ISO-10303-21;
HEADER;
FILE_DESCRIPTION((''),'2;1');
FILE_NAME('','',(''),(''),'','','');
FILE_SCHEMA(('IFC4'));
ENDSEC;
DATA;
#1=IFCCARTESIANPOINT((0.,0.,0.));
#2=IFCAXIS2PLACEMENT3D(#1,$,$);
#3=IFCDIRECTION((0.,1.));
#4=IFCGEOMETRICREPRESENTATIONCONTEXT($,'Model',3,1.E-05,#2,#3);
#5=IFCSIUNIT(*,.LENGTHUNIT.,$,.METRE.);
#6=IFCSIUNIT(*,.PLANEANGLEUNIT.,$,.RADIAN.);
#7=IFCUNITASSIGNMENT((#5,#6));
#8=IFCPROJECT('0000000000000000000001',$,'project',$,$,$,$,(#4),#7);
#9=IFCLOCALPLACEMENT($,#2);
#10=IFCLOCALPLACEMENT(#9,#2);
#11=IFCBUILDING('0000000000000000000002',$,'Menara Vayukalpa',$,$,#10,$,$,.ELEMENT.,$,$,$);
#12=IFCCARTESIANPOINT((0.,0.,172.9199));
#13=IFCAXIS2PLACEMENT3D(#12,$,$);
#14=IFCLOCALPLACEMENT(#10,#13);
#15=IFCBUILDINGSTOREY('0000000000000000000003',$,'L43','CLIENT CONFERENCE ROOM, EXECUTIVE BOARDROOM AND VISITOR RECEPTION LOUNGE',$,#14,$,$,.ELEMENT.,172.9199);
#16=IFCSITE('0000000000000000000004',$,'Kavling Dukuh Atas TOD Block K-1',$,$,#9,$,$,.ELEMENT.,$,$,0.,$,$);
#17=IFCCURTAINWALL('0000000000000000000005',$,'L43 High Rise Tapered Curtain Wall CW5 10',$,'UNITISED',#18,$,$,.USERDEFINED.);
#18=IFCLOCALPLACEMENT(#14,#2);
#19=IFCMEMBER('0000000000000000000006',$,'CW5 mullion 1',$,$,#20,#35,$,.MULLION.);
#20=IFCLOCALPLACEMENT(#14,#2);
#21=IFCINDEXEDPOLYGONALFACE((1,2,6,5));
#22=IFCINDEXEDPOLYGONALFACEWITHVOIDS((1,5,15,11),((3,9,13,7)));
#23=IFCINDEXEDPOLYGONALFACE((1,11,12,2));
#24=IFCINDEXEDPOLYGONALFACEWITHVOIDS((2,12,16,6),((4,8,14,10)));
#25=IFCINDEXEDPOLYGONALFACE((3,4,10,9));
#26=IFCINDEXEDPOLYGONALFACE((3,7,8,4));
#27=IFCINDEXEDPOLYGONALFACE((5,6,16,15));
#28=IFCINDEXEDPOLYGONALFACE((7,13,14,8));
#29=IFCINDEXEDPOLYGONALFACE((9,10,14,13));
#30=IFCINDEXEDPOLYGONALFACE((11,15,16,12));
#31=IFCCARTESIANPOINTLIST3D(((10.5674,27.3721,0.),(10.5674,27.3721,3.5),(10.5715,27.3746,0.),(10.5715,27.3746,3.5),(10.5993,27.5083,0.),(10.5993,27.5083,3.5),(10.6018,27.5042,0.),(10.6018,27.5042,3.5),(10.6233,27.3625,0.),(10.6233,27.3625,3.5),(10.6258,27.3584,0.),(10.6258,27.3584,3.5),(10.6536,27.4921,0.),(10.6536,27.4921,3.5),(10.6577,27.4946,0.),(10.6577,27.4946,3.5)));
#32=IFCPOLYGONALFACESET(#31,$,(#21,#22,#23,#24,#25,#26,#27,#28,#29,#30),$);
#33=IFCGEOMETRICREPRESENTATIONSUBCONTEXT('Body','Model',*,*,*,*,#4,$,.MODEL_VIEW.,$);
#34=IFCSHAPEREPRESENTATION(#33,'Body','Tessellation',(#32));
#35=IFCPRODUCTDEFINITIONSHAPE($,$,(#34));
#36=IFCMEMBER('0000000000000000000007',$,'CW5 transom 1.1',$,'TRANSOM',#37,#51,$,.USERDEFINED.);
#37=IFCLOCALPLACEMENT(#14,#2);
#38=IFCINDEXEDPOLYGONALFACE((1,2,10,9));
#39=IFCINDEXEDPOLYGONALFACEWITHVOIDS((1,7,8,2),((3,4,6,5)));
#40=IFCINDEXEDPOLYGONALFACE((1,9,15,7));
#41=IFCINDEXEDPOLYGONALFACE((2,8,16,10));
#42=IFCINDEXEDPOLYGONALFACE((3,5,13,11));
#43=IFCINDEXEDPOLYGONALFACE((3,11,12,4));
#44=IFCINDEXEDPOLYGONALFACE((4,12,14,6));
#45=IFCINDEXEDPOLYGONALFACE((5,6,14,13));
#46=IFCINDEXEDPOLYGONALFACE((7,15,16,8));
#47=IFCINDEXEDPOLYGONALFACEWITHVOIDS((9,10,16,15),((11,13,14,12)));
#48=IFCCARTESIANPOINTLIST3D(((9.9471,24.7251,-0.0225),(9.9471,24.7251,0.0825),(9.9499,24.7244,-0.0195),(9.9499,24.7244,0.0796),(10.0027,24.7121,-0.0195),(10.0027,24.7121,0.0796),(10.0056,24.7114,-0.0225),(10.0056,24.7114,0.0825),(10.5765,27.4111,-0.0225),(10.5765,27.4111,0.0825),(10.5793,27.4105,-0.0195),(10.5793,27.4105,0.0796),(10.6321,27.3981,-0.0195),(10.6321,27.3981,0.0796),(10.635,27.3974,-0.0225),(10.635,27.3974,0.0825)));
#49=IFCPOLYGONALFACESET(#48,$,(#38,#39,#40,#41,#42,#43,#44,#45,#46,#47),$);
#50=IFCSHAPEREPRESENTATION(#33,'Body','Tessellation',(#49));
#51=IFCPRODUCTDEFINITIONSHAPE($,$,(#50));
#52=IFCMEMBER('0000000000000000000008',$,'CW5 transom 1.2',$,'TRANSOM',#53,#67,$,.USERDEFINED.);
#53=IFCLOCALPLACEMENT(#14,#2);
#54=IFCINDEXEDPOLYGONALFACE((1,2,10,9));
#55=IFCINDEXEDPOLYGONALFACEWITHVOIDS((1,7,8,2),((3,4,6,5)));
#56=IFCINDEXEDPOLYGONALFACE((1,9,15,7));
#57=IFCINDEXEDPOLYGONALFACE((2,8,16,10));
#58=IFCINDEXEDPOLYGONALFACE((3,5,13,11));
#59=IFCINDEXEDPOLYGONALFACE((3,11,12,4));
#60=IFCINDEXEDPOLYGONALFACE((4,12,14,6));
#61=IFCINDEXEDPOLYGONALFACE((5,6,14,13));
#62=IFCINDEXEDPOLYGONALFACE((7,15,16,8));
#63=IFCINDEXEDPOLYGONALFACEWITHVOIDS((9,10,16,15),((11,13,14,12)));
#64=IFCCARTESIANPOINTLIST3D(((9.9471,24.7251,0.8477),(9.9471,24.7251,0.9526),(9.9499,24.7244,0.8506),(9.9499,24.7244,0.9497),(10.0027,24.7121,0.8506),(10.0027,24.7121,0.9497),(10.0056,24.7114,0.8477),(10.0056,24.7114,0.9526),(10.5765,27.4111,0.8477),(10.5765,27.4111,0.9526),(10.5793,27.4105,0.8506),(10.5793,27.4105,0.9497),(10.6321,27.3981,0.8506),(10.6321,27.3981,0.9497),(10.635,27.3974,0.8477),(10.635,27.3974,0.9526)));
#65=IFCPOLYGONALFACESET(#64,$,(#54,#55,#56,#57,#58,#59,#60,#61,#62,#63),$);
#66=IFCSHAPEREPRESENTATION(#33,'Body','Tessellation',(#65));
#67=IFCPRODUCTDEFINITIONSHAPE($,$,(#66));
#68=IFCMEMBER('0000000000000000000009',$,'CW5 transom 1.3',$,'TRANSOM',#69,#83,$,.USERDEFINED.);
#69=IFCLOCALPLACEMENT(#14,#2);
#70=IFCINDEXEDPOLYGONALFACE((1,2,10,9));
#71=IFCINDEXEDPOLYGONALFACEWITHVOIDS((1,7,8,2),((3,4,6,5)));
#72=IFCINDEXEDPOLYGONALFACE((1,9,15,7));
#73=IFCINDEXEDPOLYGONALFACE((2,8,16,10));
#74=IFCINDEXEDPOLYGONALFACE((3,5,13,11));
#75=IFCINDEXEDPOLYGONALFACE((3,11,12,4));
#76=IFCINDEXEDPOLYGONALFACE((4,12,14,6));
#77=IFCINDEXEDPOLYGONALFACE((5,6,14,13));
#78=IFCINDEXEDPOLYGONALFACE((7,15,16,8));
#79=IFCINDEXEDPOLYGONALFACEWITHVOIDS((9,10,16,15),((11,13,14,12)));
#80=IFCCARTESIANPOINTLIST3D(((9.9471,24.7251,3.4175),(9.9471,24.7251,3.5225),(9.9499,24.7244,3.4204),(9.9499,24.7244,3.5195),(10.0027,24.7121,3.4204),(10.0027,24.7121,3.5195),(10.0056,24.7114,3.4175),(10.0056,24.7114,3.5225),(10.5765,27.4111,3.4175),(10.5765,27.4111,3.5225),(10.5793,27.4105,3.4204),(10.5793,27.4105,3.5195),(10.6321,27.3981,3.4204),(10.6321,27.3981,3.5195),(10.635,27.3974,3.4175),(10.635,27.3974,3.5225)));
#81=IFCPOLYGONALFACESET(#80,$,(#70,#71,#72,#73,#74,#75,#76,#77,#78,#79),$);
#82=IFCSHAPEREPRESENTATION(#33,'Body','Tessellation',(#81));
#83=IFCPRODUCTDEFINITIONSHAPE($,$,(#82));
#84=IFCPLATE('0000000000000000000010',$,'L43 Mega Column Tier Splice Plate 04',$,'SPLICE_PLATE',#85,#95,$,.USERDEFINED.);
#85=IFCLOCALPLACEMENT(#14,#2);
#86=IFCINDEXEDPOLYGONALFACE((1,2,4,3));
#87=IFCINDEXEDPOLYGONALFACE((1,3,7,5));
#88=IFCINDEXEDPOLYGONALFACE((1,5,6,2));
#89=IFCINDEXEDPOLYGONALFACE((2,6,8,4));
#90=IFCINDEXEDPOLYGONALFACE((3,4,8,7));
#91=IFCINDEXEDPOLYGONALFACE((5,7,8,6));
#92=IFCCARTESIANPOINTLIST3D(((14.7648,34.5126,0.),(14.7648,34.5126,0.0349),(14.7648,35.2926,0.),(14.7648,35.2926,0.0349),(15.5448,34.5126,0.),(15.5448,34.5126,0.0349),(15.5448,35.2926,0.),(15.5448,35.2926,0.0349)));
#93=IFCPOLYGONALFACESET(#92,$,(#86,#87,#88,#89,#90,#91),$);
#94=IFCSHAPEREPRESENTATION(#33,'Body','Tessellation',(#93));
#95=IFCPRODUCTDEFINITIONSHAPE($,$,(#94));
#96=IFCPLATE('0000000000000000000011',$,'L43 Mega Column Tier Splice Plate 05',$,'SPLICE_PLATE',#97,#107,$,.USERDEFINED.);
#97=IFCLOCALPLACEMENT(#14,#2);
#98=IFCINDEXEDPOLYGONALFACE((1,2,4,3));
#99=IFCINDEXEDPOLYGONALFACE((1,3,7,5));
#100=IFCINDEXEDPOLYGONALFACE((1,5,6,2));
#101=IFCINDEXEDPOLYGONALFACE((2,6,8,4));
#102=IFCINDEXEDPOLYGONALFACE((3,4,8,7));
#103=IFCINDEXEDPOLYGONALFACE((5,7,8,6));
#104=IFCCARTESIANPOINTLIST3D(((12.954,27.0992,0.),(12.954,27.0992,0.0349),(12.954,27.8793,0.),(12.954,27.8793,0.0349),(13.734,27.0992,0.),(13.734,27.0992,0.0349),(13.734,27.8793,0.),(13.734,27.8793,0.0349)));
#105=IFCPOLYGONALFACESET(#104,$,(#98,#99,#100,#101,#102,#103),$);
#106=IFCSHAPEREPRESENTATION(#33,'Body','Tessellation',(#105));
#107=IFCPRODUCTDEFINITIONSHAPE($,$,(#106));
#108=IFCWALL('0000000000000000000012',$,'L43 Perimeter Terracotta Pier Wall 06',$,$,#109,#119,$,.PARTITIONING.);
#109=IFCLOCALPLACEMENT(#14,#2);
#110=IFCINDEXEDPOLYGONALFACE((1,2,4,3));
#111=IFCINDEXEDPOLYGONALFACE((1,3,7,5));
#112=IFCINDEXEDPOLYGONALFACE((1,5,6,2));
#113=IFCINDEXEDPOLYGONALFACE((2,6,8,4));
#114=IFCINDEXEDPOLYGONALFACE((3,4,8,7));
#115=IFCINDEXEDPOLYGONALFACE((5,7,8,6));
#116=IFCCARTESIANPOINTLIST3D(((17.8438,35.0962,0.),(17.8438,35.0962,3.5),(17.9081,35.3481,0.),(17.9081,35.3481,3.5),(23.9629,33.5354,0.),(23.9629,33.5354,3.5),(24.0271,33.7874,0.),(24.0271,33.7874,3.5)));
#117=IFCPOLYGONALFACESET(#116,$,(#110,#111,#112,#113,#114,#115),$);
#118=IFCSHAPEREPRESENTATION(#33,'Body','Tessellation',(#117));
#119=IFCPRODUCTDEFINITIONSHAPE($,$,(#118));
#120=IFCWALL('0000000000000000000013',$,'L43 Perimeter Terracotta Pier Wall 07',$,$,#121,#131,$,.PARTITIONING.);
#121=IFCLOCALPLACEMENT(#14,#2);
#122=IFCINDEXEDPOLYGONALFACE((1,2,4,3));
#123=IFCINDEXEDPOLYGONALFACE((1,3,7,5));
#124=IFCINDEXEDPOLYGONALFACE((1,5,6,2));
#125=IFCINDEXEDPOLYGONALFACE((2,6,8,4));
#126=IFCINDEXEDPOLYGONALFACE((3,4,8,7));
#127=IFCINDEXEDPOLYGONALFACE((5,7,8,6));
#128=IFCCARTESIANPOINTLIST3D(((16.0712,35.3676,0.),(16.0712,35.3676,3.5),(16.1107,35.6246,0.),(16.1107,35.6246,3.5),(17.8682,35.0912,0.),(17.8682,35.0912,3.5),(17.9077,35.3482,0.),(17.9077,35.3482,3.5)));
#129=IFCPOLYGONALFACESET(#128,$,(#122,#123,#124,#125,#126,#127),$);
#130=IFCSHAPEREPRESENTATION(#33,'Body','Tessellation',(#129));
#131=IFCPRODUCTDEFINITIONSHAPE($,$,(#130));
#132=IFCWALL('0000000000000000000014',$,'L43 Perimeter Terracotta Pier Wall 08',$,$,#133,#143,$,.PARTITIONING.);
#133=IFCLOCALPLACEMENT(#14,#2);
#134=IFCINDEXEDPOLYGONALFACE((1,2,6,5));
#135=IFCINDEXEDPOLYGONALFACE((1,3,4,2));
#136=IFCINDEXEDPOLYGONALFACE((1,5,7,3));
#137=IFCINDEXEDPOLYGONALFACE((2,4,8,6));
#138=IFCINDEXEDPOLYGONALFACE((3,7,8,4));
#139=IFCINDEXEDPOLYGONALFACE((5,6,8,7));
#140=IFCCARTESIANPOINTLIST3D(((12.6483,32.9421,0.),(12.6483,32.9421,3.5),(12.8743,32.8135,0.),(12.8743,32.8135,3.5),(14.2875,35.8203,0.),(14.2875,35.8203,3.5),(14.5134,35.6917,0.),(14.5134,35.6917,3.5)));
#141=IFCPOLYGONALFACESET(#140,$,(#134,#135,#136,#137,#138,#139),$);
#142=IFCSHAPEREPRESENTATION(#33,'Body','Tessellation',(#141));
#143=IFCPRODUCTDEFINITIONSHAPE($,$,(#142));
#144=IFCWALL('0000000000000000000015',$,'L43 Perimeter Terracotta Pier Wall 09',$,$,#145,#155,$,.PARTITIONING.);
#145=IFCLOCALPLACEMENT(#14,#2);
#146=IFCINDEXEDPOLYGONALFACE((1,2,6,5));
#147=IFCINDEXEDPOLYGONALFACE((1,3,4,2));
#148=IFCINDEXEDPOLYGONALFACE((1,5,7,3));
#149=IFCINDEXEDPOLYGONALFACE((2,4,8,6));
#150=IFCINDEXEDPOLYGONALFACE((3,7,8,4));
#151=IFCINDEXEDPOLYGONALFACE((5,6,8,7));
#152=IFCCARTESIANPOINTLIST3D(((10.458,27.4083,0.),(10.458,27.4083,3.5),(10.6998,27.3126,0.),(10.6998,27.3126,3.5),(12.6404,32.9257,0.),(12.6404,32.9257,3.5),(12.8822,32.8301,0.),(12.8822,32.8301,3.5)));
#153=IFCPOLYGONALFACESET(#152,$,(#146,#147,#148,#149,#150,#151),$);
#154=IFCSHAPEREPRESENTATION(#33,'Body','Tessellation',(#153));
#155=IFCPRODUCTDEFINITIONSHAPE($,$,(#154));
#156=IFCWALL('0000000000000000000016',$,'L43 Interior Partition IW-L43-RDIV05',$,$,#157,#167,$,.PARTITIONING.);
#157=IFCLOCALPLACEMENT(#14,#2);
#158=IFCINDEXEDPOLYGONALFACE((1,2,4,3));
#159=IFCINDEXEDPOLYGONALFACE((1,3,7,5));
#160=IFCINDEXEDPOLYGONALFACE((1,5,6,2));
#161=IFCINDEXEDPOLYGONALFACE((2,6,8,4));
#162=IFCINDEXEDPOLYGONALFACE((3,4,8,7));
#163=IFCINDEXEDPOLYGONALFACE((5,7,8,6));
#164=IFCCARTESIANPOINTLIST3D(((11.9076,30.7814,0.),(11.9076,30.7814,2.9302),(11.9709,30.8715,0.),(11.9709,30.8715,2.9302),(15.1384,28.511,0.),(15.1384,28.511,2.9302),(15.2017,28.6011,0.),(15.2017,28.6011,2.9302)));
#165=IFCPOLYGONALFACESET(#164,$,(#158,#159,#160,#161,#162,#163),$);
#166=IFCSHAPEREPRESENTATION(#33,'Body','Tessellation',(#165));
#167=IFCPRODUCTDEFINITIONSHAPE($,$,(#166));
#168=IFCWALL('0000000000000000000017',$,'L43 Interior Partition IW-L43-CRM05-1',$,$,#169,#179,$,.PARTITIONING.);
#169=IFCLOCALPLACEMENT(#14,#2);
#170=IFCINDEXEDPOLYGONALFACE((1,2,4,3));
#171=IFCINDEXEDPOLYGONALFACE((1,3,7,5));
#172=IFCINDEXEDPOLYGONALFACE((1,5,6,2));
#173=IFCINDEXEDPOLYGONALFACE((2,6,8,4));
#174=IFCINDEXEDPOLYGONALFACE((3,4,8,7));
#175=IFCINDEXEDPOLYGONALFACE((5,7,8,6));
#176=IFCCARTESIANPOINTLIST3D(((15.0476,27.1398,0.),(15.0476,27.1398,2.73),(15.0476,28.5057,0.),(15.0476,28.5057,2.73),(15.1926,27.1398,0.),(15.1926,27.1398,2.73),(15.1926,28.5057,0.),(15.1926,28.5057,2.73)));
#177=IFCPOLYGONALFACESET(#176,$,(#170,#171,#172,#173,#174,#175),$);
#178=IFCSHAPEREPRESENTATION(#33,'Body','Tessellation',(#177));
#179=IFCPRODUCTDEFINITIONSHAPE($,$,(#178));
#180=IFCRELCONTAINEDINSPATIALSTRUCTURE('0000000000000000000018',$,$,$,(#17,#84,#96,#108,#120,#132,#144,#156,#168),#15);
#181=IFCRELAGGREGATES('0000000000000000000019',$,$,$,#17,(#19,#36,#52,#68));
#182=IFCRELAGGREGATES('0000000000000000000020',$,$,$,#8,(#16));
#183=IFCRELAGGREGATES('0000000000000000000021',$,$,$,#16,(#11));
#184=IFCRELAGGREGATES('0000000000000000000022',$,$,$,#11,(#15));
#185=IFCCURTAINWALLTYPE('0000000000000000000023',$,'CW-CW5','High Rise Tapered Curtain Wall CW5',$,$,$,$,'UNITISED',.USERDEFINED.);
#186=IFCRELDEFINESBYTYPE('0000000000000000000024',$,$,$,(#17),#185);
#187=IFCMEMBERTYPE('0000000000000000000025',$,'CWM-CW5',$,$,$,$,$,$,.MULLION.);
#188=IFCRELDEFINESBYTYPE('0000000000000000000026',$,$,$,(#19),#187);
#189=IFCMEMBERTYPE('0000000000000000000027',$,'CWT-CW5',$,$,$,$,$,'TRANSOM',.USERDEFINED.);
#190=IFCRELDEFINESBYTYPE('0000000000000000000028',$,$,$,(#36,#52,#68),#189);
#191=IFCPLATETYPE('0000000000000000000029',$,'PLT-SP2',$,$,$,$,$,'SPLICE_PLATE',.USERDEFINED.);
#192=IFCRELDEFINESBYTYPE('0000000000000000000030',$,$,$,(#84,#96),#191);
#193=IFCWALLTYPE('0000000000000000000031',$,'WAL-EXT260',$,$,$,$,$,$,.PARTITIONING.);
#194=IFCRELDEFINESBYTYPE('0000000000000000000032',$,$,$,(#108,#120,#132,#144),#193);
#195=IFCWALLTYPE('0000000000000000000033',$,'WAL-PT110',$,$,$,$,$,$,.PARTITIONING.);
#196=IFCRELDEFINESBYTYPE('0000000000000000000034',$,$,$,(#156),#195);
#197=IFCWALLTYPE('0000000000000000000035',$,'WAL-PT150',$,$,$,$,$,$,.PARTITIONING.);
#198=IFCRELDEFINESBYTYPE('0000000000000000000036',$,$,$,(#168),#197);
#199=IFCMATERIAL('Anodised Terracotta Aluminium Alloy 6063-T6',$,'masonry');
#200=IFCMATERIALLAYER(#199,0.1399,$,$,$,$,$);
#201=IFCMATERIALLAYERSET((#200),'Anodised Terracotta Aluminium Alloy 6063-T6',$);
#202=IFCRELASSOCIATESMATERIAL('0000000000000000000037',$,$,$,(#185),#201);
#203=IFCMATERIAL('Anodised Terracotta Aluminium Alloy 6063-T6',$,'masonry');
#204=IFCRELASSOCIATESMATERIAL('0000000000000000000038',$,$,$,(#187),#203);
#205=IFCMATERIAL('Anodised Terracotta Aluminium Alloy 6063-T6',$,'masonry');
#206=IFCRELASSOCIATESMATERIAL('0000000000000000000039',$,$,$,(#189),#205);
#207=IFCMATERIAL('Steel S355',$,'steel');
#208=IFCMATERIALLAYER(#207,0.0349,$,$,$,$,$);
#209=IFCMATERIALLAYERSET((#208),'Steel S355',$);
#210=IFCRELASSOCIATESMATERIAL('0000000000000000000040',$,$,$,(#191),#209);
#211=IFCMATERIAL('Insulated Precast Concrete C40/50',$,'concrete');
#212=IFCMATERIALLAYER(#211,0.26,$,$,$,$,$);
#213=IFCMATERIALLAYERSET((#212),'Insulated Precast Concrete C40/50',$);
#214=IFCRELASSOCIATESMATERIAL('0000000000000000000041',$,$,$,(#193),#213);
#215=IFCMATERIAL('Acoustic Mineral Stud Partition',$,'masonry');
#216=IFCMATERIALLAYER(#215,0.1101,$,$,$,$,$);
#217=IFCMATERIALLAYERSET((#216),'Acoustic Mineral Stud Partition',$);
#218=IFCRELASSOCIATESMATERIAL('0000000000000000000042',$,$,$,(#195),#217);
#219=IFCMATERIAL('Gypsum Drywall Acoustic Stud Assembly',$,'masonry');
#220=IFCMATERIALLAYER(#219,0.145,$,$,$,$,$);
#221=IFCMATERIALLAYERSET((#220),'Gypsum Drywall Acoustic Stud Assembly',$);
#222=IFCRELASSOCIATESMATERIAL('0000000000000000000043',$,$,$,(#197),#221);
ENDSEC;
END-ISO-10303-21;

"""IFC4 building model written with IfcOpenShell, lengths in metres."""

from ifc_helpers import new_model, si_unit, direction, frame, frame_2d, origin, origin_2d, place, context, subcontext, project, spatial, rectangle, hollow_rectangle, extrude, material, layer, layer_set, material_profile, profile_set, type_object, element, aggregate, save


model = new_model("IFC4")

# Units and contexts
model_context = context("Model", 3, precision=1e-05, world=origin(), true_north=direction((0.0, 1.0)))
body_context = subcontext(model_context, "Body", "Model", "MODEL_VIEW")
ifc_project = project(units=[si_unit("LENGTHUNIT", "METRE"), si_unit("PLANEANGLEUNIT", "RADIAN")], contexts=[model_context])

# Site, building, storey
site_placement = place(None, origin())
site = spatial("IfcSite", under=ifc_project, at=site_placement, Name="Kavling Dukuh Atas TOD Block K-1", CompositionType="ELEMENT", RefElevation=0.0)
building_placement = place(site_placement, origin())
building = spatial("IfcBuilding", under=site, at=building_placement, Name="Menara Vayukalpa", CompositionType="ELEMENT")
storey_placement = place(building_placement, frame((0.0, 0.0, 172.9199)))
storey = spatial("IfcBuildingStorey", under=building, at=storey_placement, Name="L43", Description="CLIENT CONFERENCE ROOM, EXECUTIVE BOARDROOM AND VISITOR RECEPTION LOUNGE", CompositionType="ELEMENT", Elevation=172.9199)

# Curtain wall, members
ifc_material_1 = material(Name="Anodised Terracotta Aluminium Alloy 6063-T6", Category="masonry")
ifc_layer_1 = layer(ifc_material_1, 0.1399)
ifc_layer_set_1 = layer_set([ifc_layer_1], Name="Anodised Terracotta Aluminium Alloy 6063-T6")
curtain_wall_type = type_object("IfcCurtainWallType", Name="CW-CW5", Description="High Rise Tapered Curtain Wall CW5", ElementType="UNITISED", PredefinedType="USERDEFINED", material=ifc_layer_set_1)
curtain_wall_placement = place(storey_placement, origin())
curtain_wall = element("IfcCurtainWall", 1, at=curtain_wall_placement, inside=storey, type_object=curtain_wall_type, Name="L43 High Rise Tapered Curtain Wall CW5 10", ObjectType="UNITISED", PredefinedType="USERDEFINED")
ifc_material_2 = material(Name="Anodised Terracotta Aluminium Alloy 6063-T6", Category="masonry")
ifc_material_profile_1 = material_profile(ifc_material_2, hollow_rectangle(XDim=0.0601, YDim=0.1399, WallThickness=0.0034, at=origin_2d()), Name="ALU 60x140x3.5")
ifc_profile_set_1 = profile_set([ifc_material_profile_1], Name="Anodised Terracotta Aluminium Alloy 6063-T6")
member_type_1 = type_object("IfcMemberType", Name="CWM-CW5", PredefinedType="MULLION", material=ifc_profile_set_1)
member_1_placement = place(storey_placement, frame((10.6125, 27.4333, 0.0), z_axis=(0.0, 0.0, 1.0), x_axis=(0.973626, -0.228149, 0.0)))
member_1 = element("IfcMember", 2, at=member_1_placement, type_object=member_type_1, Name="CW5 mullion 1", PredefinedType="MULLION", context=body_context, shape_type="SweptSolid", body=[
    extrude(hollow_rectangle(XDim=0.0601, YDim=0.1399, WallThickness=0.0034, at=origin_2d()), origin(), (0.0, 0.0, 1.0), 3.5),
])
ifc_material_3 = material(Name="Anodised Terracotta Aluminium Alloy 6063-T6", Category="masonry")
ifc_material_profile_2 = material_profile(ifc_material_3, hollow_rectangle(XDim=0.0601, YDim=0.105, WallThickness=0.0029, at=origin_2d()), Name="ALU 60x105x3")
ifc_profile_set_2 = profile_set([ifc_material_profile_2], Name="Anodised Terracotta Aluminium Alloy 6063-T6")
member_type_2 = type_object("IfcMemberType", Name="CWT-CW5", ElementType="TRANSOM", PredefinedType="USERDEFINED", material=ifc_profile_set_2)
member_2_placement = place(storey_placement, frame((10.6057, 27.4043, 0.03), z_axis=(-0.228142, -0.973628, 0.0), x_axis=(0.973628, -0.228142, 0.0)))
member_2 = element("IfcMember", 3, at=member_2_placement, type_object=member_type_2, Name="CW5 transom 1.1", ObjectType="TRANSOM", PredefinedType="USERDEFINED", context=body_context, shape_type="SweptSolid", body=[
    extrude(hollow_rectangle(XDim=0.0601, YDim=0.105, WallThickness=0.0029, at=origin_2d()), origin(), (0.0, 0.0, 1.0), 2.7588),
])
member_3_placement = place(storey_placement, frame((10.6057, 27.4043, 0.9001), z_axis=(-0.228142, -0.973628, 0.0), x_axis=(0.973628, -0.228142, 0.0)))
member_3 = element("IfcMember", 4, at=member_3_placement, type_object=member_type_2, Name="CW5 transom 1.2", ObjectType="TRANSOM", PredefinedType="USERDEFINED", context=body_context, shape_type="SweptSolid", body=[
    extrude(hollow_rectangle(XDim=0.0601, YDim=0.105, WallThickness=0.0029, at=origin_2d()), origin(), (0.0, 0.0, 1.0), 2.7588),
])
member_4_placement = place(storey_placement, frame((10.6057, 27.4043, 3.47), z_axis=(-0.228142, -0.973628, 0.0), x_axis=(0.973628, -0.228142, 0.0)))
member_4 = element("IfcMember", 5, at=member_4_placement, type_object=member_type_2, Name="CW5 transom 1.3", ObjectType="TRANSOM", PredefinedType="USERDEFINED", context=body_context, shape_type="SweptSolid", body=[
    extrude(hollow_rectangle(XDim=0.0601, YDim=0.105, WallThickness=0.0029, at=origin_2d()), origin(), (0.0, 0.0, 1.0), 2.7588),
])
aggregate(curtain_wall, [member_1, member_2, member_3, member_4])

# Plates
ifc_material_4 = material(Name="Steel S355", Category="steel")
ifc_layer_2 = layer(ifc_material_4, 0.0349)
ifc_layer_set_2 = layer_set([ifc_layer_2], Name="Steel S355")
plate_type = type_object("IfcPlateType", Name="PLT-SP2", ElementType="SPLICE_PLATE", PredefinedType="USERDEFINED", material=ifc_layer_set_2)
for number, where, z_axis, x_axis, name in (
    (6, (15.1548, 34.9026, 0.0), (0.0, 0.0, 1.0), (1.0, 0.0, 0.0), "L43 Mega Column Tier Splice Plate 04"),
    (7, (13.344, 27.4893, 0.0), (0.0, 0.0, 1.0), (1.0, 0.0, 0.0), "L43 Mega Column Tier Splice Plate 05"),
):
    element("IfcPlate", number, at=place(storey_placement, frame(where, z_axis=z_axis, x_axis=x_axis)), inside=storey, type_object=plate_type, Name=name, ObjectType="SPLICE_PLATE", PredefinedType="USERDEFINED", context=body_context, shape_type="SweptSolid", body=[
        extrude(rectangle(XDim=0.78, YDim=0.78, at=origin_2d()), origin(), (0.0, 0.0, 1.0), 0.0349),
    ])

# Walls
ifc_material_5 = material(Name="Insulated Precast Concrete C40/50", Category="concrete")
ifc_layer_3 = layer(ifc_material_5, 0.26)
ifc_layer_set_3 = layer_set([ifc_layer_3], Name="Insulated Precast Concrete C40/50")
wall_type_1 = type_object("IfcWallType", Name="WAL-EXT260", PredefinedType="PARTITIONING", material=ifc_layer_set_3)
wall_1_placement = place(storey_placement, frame((17.876, 35.2222, 0.0), z_axis=(0.0, 0.0, 1.0), x_axis=(0.968976, -0.247154, 0.0)))
element("IfcWall", 8, at=wall_1_placement, inside=storey, type_object=wall_type_1, Name="L43 Perimeter Terracotta Pier Wall 06", PredefinedType="PARTITIONING", context=body_context, shape_type="SweptSolid", body=[
    extrude(rectangle(XDim=6.3149, YDim=0.26, at=frame_2d((3.1575, 0.0))), origin(), (0.0, 0.0, 1.0), 3.5),
])
wall_2_placement = place(storey_placement, frame((16.0908, 35.4961, 0.0), z_axis=(0.0, 0.0, 1.0), x_axis=(0.988378, -0.152017, 0.0)))
element("IfcWall", 9, at=wall_2_placement, inside=storey, type_object=wall_type_1, Name="L43 Perimeter Terracotta Pier Wall 07", PredefinedType="PARTITIONING", context=body_context, shape_type="SweptSolid", body=[
    extrude(rectangle(XDim=1.8181, YDim=0.26, at=frame_2d((0.9092, 0.0))), origin(), (0.0, 0.0, 1.0), 3.5),
])
wall_3_placement = place(storey_placement, frame((12.7612, 32.8777, 0.0), z_axis=(0.0, 0.0, 1.0), x_axis=(0.494884, 0.868959, 0.0)))
element("IfcWall", 10, at=wall_3_placement, inside=storey, type_object=wall_type_1, Name="L43 Perimeter Terracotta Pier Wall 08", PredefinedType="PARTITIONING", context=body_context, shape_type="SweptSolid", body=[
    extrude(rectangle(XDim=3.3123, YDim=0.26, at=frame_2d((1.6562, 0.0))), origin(), (0.0, 0.0, 1.0), 3.5),
])
wall_4_placement = place(storey_placement, frame((10.5789, 27.3604, 0.0), z_axis=(0.0, 0.0, 1.0), x_axis=(0.367819, 0.929897, 0.0)))
element("IfcWall", 11, at=wall_4_placement, inside=storey, type_object=wall_type_1, Name="L43 Perimeter Terracotta Pier Wall 09", PredefinedType="PARTITIONING", context=body_context, shape_type="SweptSolid", body=[
    extrude(rectangle(XDim=5.9333, YDim=0.26, at=frame_2d((2.9668, 0.0))), origin(), (0.0, 0.0, 1.0), 3.5),
])
ifc_material_6 = material(Name="Acoustic Mineral Stud Partition", Category="masonry")
ifc_layer_4 = layer(ifc_material_6, 0.1101)
ifc_layer_set_4 = layer_set([ifc_layer_4], Name="Acoustic Mineral Stud Partition")
wall_type_2 = type_object("IfcWallType", Name="WAL-PT110", PredefinedType="PARTITIONING", material=ifc_layer_set_4)
wall_5_placement = place(storey_placement, frame((11.9392, 30.8264, 0.0), z_axis=(0.0, 0.0, 1.0), x_axis=(0.818188, -0.574951, 0.0)))
element("IfcWall", 12, at=wall_5_placement, inside=storey, type_object=wall_type_2, Name="L43 Interior Partition IW-L43-RDIV05", PredefinedType="PARTITIONING", context=body_context, shape_type="SweptSolid", body=[
    extrude(rectangle(XDim=3.9487, YDim=0.1101, at=frame_2d((1.9744, 0.0))), origin(), (0.0, 0.0, 1.0), 2.9302),
])
ifc_material_7 = material(Name="Gypsum Drywall Acoustic Stud Assembly", Category="masonry")
ifc_layer_5 = layer(ifc_material_7, 0.145)
ifc_layer_set_5 = layer_set([ifc_layer_5], Name="Gypsum Drywall Acoustic Stud Assembly")
wall_type_3 = type_object("IfcWallType", Name="WAL-PT150", PredefinedType="PARTITIONING", material=ifc_layer_set_5)
wall_6_placement = place(storey_placement, frame((15.1201, 28.5059, 0.0), z_axis=(0.0, 0.0, 1.0), x_axis=(0.0, -1.0, 0.0)))
element("IfcWall", 13, at=wall_6_placement, inside=storey, type_object=wall_type_3, Name="L43 Interior Partition IW-L43-CRM05-1", PredefinedType="PARTITIONING", context=body_context, shape_type="SweptSolid", body=[
    extrude(rectangle(XDim=1.366, YDim=0.145, at=frame_2d((0.6831, 0.0))), origin(), (0.0, 0.0, 1.0), 2.73),
])

save(model, "model.ifc")
